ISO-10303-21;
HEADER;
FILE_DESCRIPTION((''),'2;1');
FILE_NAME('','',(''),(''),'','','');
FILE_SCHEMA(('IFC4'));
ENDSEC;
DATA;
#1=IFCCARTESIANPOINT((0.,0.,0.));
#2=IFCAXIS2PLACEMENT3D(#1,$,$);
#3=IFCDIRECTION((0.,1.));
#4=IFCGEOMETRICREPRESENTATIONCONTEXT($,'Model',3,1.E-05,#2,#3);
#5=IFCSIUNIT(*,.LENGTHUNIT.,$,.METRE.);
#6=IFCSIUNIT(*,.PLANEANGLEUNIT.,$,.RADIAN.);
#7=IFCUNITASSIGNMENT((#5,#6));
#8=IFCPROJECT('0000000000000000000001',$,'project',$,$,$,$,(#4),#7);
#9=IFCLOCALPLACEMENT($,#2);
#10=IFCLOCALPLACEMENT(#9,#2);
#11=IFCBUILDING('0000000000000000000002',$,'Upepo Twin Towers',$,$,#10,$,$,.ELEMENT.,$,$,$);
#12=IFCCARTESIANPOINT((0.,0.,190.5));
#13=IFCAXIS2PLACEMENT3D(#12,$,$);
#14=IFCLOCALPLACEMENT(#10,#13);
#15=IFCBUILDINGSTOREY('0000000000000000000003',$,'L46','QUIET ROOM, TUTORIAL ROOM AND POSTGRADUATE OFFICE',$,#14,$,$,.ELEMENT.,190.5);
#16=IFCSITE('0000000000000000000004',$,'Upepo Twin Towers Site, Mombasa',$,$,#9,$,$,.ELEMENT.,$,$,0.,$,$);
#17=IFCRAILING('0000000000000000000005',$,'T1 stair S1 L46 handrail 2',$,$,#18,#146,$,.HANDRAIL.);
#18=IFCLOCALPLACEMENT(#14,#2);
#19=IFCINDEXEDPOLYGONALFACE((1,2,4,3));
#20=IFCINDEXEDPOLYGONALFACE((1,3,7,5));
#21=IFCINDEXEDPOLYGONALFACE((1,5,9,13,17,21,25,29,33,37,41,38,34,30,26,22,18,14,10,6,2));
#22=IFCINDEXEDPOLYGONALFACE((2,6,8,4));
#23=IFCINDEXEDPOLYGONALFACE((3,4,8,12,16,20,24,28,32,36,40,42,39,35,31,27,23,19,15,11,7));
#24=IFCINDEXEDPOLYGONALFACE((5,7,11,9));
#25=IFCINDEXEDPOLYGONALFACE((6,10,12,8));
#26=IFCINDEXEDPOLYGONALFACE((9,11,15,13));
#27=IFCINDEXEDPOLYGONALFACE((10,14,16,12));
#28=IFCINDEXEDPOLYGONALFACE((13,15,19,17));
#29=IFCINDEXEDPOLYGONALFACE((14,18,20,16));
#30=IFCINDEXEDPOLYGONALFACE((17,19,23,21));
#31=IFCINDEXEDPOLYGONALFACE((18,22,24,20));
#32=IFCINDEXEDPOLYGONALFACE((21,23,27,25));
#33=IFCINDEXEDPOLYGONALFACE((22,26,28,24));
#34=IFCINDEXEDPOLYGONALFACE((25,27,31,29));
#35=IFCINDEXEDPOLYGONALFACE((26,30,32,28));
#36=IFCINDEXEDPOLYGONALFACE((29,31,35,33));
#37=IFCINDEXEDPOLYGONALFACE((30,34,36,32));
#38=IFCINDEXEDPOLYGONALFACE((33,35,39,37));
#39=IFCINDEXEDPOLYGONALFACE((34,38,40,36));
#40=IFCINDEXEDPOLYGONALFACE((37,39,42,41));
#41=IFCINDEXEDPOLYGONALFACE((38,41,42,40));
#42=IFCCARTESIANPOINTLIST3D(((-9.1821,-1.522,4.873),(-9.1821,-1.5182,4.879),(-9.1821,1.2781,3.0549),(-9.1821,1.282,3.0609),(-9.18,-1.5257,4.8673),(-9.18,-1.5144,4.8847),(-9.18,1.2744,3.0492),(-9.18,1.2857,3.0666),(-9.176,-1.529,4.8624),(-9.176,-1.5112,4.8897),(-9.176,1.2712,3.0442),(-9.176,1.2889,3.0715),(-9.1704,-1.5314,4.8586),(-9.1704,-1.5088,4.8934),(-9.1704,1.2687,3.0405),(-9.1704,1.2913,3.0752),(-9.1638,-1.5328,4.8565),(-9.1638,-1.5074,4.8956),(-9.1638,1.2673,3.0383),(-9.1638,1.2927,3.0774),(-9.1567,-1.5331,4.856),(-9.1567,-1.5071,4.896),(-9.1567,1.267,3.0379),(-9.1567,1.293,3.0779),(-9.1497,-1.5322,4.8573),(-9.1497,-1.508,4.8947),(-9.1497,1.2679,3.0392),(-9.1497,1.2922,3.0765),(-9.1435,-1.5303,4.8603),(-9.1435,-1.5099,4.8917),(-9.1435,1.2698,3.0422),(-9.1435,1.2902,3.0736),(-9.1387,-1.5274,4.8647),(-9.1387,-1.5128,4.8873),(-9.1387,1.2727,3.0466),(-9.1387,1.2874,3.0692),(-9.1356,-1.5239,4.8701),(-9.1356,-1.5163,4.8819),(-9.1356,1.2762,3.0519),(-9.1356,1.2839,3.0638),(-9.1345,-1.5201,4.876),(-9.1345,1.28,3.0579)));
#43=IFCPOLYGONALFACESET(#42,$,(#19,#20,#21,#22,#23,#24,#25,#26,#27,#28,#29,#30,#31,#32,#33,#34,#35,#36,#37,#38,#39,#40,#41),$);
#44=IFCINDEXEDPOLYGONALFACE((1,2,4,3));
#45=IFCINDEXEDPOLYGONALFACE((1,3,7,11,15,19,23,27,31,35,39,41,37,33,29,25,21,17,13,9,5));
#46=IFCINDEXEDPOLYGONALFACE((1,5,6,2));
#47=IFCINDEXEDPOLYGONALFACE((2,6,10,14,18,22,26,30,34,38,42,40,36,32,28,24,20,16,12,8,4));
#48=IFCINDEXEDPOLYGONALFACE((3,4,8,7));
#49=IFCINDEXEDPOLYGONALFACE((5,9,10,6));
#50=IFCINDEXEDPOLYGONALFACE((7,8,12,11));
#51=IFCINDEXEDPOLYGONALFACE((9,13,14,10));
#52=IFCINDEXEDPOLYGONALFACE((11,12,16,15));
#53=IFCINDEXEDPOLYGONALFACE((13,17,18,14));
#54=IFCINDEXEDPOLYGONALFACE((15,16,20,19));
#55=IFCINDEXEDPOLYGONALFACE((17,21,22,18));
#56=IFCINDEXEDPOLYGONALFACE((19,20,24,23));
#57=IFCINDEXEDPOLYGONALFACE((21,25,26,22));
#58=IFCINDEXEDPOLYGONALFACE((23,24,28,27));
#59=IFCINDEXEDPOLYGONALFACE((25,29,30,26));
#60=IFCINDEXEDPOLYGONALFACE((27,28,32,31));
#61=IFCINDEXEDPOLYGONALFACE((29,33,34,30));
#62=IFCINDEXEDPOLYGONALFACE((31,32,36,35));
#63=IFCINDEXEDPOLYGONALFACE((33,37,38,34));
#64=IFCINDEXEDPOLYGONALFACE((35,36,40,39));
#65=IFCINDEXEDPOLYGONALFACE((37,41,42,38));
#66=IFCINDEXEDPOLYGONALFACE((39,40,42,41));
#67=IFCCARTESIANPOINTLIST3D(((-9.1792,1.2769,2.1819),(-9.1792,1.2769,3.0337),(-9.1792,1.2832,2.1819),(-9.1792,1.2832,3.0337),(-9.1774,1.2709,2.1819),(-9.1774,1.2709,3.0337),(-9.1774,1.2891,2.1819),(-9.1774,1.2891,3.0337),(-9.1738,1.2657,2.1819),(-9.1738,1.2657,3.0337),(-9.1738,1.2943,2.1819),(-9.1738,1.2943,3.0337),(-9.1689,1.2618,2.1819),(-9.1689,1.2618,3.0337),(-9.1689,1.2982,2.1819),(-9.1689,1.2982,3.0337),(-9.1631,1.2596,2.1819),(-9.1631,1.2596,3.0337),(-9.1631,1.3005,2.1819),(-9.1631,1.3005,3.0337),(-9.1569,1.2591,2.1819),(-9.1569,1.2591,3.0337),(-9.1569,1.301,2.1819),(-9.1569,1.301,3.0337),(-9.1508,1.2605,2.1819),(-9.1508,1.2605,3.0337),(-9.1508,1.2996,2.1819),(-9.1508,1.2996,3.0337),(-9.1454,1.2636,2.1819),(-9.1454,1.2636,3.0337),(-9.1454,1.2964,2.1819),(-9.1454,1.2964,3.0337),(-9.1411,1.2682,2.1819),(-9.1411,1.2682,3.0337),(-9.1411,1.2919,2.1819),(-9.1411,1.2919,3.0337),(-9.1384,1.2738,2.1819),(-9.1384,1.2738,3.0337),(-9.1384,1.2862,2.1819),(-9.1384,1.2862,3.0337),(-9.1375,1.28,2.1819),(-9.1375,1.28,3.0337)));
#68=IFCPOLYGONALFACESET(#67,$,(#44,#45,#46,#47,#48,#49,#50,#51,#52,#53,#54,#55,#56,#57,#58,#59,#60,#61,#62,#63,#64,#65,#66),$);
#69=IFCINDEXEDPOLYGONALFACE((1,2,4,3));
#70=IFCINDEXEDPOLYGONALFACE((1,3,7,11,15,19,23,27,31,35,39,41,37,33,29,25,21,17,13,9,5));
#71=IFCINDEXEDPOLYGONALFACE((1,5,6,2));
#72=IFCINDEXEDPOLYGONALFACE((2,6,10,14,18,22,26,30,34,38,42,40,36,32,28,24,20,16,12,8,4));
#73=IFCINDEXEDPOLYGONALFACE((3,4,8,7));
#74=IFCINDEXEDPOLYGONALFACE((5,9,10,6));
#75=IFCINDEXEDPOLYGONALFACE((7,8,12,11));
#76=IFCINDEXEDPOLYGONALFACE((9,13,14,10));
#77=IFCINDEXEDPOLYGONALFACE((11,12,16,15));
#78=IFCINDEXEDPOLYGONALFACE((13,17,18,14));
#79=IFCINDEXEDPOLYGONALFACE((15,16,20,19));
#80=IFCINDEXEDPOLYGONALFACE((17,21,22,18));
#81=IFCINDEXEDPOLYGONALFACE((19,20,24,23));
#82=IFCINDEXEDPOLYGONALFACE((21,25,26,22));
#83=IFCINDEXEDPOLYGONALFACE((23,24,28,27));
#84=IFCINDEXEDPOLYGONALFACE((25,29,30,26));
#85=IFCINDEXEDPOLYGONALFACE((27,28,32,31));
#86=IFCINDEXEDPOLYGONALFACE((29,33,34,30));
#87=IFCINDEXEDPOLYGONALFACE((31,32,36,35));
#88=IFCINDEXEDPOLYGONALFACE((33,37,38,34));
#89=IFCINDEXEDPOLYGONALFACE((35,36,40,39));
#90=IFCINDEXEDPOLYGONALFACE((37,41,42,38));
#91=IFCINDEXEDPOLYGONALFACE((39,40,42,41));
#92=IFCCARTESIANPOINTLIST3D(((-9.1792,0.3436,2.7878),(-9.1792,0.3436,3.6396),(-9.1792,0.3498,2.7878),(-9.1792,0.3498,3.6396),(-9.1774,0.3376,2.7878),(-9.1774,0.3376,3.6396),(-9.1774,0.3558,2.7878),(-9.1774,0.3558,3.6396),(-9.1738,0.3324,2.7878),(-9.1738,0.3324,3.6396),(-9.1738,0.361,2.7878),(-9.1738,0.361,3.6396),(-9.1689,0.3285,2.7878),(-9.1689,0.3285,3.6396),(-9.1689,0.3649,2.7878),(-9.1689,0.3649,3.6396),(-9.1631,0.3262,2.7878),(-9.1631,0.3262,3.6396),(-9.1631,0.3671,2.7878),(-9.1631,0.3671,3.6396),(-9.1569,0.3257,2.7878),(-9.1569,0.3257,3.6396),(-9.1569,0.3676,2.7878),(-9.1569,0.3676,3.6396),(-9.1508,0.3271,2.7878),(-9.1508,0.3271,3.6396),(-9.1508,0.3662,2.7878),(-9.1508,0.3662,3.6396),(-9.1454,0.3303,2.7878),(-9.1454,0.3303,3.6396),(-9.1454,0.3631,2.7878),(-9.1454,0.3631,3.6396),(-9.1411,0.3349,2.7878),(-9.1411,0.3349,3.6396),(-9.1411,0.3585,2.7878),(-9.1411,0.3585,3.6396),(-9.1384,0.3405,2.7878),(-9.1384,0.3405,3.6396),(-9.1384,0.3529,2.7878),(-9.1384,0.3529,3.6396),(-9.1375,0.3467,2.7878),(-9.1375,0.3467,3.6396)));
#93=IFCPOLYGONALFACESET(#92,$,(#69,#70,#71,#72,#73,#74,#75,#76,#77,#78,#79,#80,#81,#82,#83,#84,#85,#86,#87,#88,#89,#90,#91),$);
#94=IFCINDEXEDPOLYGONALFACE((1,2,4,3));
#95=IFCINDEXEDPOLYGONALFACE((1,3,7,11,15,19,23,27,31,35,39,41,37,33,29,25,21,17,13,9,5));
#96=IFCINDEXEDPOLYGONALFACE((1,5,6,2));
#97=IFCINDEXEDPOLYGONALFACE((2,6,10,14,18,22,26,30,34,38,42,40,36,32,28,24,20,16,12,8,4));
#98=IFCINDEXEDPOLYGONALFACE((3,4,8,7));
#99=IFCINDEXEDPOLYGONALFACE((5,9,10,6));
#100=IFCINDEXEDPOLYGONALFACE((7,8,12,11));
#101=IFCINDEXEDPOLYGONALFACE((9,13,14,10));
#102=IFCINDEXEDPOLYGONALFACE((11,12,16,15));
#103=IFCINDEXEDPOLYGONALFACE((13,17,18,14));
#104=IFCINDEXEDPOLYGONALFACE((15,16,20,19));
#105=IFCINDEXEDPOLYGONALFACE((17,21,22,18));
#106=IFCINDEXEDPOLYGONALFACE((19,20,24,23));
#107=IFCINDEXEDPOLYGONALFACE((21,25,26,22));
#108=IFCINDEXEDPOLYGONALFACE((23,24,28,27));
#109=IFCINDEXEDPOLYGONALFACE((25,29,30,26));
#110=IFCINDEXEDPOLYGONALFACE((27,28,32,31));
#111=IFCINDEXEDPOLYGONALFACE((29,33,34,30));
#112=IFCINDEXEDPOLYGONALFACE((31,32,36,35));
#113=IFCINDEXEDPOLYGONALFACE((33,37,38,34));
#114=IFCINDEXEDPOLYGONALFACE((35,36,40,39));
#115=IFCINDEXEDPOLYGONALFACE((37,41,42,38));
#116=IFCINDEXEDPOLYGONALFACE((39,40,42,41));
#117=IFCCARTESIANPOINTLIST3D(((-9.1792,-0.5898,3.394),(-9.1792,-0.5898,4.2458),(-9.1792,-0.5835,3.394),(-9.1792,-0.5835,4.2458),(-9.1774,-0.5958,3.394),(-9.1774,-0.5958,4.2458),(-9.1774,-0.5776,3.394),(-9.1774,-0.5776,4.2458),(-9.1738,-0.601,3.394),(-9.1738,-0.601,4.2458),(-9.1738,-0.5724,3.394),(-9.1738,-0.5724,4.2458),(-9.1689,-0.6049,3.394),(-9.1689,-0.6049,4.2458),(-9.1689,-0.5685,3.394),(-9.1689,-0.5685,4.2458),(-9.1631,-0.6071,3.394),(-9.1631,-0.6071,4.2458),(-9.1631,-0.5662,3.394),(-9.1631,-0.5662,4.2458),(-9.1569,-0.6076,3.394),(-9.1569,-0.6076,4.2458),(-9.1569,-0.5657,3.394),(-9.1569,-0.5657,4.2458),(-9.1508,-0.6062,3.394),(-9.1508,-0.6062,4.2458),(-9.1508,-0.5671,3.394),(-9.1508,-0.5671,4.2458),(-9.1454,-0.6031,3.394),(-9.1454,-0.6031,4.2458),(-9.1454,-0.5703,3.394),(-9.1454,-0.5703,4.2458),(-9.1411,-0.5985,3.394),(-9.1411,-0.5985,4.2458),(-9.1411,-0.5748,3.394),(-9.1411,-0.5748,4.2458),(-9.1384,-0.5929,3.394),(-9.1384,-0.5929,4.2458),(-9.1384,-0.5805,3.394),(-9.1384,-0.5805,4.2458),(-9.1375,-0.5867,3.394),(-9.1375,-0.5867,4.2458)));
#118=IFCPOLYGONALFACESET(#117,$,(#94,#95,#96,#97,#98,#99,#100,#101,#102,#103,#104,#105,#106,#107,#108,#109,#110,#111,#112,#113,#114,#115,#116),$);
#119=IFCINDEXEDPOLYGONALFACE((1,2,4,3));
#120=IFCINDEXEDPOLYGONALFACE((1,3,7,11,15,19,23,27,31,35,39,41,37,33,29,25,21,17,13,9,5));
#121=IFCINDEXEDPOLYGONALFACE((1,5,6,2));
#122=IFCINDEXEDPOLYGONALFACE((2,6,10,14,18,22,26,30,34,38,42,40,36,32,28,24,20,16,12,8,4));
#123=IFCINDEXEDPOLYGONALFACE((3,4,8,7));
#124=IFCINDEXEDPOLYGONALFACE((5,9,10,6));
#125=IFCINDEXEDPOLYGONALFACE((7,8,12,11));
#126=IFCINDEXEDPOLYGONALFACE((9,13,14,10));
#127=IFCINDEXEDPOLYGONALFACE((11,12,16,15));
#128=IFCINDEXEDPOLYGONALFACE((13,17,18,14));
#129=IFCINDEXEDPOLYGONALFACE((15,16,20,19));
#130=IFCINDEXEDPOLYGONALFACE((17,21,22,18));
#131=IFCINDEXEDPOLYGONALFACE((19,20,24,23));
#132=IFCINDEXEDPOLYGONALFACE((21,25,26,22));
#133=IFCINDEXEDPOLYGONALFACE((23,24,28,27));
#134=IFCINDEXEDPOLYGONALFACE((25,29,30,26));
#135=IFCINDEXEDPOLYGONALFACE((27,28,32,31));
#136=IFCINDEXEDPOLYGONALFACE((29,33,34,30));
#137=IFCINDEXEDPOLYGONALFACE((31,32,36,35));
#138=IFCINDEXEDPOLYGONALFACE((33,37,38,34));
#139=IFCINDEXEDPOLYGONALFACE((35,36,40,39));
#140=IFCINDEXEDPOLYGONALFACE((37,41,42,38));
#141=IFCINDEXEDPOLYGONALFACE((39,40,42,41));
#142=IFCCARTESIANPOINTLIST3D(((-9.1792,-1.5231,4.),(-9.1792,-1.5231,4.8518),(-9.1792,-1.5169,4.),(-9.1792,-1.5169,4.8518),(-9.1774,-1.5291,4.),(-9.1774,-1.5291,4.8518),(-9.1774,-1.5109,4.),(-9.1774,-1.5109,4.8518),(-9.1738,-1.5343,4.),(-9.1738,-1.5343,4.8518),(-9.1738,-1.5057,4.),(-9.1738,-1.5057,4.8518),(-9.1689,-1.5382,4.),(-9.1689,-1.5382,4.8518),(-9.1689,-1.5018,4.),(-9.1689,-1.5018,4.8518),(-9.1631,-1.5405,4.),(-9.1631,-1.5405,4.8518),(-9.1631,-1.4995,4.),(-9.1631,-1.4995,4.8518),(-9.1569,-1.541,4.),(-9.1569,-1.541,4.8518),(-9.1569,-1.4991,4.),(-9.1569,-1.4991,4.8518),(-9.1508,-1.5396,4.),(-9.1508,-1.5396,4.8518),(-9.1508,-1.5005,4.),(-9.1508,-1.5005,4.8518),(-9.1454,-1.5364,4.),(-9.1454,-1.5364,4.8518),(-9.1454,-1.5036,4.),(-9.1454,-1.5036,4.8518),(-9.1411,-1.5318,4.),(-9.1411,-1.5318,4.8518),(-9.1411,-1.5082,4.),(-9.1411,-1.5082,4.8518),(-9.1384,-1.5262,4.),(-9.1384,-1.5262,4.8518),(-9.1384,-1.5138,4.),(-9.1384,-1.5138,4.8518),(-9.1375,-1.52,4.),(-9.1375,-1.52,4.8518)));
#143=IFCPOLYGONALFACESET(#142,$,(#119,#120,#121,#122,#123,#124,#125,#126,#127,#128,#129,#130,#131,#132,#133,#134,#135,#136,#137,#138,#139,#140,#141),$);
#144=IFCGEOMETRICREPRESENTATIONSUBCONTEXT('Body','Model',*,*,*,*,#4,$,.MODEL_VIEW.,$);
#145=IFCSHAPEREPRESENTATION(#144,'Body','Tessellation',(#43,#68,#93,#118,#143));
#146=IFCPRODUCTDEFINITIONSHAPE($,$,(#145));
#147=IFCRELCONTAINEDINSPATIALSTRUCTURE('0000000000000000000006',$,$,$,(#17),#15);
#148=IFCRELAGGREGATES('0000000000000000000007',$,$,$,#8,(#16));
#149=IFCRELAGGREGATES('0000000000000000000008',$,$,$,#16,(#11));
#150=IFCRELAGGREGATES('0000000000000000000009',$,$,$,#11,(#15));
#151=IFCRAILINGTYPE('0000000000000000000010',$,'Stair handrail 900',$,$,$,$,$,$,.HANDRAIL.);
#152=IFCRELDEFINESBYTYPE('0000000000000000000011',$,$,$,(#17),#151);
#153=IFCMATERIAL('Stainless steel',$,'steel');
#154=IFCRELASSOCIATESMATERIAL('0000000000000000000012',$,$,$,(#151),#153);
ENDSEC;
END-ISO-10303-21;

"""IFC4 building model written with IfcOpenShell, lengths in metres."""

from ifc_helpers import new_model, si_unit, direction, frame, origin, origin_2d, place, context, subcontext, project, spatial, circle, extrude, material, type_object, element, save


model = new_model("IFC4")

# Units and contexts
model_context = context("Model", 3, precision=1e-05, world=origin(), true_north=direction((0.0, 1.0)))
body_context = subcontext(model_context, "Body", "Model", "MODEL_VIEW")
ifc_project = project(units=[si_unit("LENGTHUNIT", "METRE"), si_unit("PLANEANGLEUNIT", "RADIAN")], contexts=[model_context])

# Site, building, storey
site_placement = place(None, origin())
site = spatial("IfcSite", under=ifc_project, at=site_placement, Name="Upepo Twin Towers Site, Mombasa", CompositionType="ELEMENT", RefElevation=0.0)
building_placement = place(site_placement, origin())
building = spatial("IfcBuilding", under=site, at=building_placement, Name="Upepo Twin Towers", CompositionType="ELEMENT")
storey_placement = place(building_placement, frame((0.0, 0.0, 190.5)))
storey = spatial("IfcBuildingStorey", under=building, at=storey_placement, Name="L46", Description="QUIET ROOM, TUTORIAL ROOM AND POSTGRADUATE OFFICE", CompositionType="ELEMENT", Elevation=190.5)

# Railing
ifc_material_1 = material(Name="Stainless steel", Category="steel")
railing_type = type_object("IfcRailingType", Name="Stair handrail 900", PredefinedType="HANDRAIL", material=ifc_material_1)
railing_1_placement = place(storey_placement, frame((-9.1584, 1.28, 2.1819)))
element("IfcRailing", 1, at=railing_1_placement, inside=storey, type_object=railing_type, Name="T1 stair S1 L46 handrail 2", PredefinedType="HANDRAIL", context=body_context, shape_type="SweptSolid", body=[
    extrude(circle(Radius=0.0239, at=origin_2d()), frame((0.0, 0.0, 0.876), z_axis=(0.0, -0.838706, 0.544585), x_axis=(1.0, 0.0, 0.0)), (0.0, 0.0, 1.0), 3.3386),
    extrude(circle(Radius=0.021, at=origin_2d()), origin(), (0.0, 0.0, 1.0), 0.8518),
    extrude(circle(Radius=0.021, at=origin_2d()), frame((0.0, -0.9333, 0.606)), (0.0, 0.0, 1.0), 0.8518),
    extrude(circle(Radius=0.021, at=origin_2d()), frame((0.0, -1.8667, 1.2122)), (0.0, 0.0, 1.0), 0.8518),
    extrude(circle(Radius=0.021, at=origin_2d()), frame((0.0, -2.8, 1.8181)), (0.0, 0.0, 1.0), 0.8518),
])

save(model, "model.ifc")
